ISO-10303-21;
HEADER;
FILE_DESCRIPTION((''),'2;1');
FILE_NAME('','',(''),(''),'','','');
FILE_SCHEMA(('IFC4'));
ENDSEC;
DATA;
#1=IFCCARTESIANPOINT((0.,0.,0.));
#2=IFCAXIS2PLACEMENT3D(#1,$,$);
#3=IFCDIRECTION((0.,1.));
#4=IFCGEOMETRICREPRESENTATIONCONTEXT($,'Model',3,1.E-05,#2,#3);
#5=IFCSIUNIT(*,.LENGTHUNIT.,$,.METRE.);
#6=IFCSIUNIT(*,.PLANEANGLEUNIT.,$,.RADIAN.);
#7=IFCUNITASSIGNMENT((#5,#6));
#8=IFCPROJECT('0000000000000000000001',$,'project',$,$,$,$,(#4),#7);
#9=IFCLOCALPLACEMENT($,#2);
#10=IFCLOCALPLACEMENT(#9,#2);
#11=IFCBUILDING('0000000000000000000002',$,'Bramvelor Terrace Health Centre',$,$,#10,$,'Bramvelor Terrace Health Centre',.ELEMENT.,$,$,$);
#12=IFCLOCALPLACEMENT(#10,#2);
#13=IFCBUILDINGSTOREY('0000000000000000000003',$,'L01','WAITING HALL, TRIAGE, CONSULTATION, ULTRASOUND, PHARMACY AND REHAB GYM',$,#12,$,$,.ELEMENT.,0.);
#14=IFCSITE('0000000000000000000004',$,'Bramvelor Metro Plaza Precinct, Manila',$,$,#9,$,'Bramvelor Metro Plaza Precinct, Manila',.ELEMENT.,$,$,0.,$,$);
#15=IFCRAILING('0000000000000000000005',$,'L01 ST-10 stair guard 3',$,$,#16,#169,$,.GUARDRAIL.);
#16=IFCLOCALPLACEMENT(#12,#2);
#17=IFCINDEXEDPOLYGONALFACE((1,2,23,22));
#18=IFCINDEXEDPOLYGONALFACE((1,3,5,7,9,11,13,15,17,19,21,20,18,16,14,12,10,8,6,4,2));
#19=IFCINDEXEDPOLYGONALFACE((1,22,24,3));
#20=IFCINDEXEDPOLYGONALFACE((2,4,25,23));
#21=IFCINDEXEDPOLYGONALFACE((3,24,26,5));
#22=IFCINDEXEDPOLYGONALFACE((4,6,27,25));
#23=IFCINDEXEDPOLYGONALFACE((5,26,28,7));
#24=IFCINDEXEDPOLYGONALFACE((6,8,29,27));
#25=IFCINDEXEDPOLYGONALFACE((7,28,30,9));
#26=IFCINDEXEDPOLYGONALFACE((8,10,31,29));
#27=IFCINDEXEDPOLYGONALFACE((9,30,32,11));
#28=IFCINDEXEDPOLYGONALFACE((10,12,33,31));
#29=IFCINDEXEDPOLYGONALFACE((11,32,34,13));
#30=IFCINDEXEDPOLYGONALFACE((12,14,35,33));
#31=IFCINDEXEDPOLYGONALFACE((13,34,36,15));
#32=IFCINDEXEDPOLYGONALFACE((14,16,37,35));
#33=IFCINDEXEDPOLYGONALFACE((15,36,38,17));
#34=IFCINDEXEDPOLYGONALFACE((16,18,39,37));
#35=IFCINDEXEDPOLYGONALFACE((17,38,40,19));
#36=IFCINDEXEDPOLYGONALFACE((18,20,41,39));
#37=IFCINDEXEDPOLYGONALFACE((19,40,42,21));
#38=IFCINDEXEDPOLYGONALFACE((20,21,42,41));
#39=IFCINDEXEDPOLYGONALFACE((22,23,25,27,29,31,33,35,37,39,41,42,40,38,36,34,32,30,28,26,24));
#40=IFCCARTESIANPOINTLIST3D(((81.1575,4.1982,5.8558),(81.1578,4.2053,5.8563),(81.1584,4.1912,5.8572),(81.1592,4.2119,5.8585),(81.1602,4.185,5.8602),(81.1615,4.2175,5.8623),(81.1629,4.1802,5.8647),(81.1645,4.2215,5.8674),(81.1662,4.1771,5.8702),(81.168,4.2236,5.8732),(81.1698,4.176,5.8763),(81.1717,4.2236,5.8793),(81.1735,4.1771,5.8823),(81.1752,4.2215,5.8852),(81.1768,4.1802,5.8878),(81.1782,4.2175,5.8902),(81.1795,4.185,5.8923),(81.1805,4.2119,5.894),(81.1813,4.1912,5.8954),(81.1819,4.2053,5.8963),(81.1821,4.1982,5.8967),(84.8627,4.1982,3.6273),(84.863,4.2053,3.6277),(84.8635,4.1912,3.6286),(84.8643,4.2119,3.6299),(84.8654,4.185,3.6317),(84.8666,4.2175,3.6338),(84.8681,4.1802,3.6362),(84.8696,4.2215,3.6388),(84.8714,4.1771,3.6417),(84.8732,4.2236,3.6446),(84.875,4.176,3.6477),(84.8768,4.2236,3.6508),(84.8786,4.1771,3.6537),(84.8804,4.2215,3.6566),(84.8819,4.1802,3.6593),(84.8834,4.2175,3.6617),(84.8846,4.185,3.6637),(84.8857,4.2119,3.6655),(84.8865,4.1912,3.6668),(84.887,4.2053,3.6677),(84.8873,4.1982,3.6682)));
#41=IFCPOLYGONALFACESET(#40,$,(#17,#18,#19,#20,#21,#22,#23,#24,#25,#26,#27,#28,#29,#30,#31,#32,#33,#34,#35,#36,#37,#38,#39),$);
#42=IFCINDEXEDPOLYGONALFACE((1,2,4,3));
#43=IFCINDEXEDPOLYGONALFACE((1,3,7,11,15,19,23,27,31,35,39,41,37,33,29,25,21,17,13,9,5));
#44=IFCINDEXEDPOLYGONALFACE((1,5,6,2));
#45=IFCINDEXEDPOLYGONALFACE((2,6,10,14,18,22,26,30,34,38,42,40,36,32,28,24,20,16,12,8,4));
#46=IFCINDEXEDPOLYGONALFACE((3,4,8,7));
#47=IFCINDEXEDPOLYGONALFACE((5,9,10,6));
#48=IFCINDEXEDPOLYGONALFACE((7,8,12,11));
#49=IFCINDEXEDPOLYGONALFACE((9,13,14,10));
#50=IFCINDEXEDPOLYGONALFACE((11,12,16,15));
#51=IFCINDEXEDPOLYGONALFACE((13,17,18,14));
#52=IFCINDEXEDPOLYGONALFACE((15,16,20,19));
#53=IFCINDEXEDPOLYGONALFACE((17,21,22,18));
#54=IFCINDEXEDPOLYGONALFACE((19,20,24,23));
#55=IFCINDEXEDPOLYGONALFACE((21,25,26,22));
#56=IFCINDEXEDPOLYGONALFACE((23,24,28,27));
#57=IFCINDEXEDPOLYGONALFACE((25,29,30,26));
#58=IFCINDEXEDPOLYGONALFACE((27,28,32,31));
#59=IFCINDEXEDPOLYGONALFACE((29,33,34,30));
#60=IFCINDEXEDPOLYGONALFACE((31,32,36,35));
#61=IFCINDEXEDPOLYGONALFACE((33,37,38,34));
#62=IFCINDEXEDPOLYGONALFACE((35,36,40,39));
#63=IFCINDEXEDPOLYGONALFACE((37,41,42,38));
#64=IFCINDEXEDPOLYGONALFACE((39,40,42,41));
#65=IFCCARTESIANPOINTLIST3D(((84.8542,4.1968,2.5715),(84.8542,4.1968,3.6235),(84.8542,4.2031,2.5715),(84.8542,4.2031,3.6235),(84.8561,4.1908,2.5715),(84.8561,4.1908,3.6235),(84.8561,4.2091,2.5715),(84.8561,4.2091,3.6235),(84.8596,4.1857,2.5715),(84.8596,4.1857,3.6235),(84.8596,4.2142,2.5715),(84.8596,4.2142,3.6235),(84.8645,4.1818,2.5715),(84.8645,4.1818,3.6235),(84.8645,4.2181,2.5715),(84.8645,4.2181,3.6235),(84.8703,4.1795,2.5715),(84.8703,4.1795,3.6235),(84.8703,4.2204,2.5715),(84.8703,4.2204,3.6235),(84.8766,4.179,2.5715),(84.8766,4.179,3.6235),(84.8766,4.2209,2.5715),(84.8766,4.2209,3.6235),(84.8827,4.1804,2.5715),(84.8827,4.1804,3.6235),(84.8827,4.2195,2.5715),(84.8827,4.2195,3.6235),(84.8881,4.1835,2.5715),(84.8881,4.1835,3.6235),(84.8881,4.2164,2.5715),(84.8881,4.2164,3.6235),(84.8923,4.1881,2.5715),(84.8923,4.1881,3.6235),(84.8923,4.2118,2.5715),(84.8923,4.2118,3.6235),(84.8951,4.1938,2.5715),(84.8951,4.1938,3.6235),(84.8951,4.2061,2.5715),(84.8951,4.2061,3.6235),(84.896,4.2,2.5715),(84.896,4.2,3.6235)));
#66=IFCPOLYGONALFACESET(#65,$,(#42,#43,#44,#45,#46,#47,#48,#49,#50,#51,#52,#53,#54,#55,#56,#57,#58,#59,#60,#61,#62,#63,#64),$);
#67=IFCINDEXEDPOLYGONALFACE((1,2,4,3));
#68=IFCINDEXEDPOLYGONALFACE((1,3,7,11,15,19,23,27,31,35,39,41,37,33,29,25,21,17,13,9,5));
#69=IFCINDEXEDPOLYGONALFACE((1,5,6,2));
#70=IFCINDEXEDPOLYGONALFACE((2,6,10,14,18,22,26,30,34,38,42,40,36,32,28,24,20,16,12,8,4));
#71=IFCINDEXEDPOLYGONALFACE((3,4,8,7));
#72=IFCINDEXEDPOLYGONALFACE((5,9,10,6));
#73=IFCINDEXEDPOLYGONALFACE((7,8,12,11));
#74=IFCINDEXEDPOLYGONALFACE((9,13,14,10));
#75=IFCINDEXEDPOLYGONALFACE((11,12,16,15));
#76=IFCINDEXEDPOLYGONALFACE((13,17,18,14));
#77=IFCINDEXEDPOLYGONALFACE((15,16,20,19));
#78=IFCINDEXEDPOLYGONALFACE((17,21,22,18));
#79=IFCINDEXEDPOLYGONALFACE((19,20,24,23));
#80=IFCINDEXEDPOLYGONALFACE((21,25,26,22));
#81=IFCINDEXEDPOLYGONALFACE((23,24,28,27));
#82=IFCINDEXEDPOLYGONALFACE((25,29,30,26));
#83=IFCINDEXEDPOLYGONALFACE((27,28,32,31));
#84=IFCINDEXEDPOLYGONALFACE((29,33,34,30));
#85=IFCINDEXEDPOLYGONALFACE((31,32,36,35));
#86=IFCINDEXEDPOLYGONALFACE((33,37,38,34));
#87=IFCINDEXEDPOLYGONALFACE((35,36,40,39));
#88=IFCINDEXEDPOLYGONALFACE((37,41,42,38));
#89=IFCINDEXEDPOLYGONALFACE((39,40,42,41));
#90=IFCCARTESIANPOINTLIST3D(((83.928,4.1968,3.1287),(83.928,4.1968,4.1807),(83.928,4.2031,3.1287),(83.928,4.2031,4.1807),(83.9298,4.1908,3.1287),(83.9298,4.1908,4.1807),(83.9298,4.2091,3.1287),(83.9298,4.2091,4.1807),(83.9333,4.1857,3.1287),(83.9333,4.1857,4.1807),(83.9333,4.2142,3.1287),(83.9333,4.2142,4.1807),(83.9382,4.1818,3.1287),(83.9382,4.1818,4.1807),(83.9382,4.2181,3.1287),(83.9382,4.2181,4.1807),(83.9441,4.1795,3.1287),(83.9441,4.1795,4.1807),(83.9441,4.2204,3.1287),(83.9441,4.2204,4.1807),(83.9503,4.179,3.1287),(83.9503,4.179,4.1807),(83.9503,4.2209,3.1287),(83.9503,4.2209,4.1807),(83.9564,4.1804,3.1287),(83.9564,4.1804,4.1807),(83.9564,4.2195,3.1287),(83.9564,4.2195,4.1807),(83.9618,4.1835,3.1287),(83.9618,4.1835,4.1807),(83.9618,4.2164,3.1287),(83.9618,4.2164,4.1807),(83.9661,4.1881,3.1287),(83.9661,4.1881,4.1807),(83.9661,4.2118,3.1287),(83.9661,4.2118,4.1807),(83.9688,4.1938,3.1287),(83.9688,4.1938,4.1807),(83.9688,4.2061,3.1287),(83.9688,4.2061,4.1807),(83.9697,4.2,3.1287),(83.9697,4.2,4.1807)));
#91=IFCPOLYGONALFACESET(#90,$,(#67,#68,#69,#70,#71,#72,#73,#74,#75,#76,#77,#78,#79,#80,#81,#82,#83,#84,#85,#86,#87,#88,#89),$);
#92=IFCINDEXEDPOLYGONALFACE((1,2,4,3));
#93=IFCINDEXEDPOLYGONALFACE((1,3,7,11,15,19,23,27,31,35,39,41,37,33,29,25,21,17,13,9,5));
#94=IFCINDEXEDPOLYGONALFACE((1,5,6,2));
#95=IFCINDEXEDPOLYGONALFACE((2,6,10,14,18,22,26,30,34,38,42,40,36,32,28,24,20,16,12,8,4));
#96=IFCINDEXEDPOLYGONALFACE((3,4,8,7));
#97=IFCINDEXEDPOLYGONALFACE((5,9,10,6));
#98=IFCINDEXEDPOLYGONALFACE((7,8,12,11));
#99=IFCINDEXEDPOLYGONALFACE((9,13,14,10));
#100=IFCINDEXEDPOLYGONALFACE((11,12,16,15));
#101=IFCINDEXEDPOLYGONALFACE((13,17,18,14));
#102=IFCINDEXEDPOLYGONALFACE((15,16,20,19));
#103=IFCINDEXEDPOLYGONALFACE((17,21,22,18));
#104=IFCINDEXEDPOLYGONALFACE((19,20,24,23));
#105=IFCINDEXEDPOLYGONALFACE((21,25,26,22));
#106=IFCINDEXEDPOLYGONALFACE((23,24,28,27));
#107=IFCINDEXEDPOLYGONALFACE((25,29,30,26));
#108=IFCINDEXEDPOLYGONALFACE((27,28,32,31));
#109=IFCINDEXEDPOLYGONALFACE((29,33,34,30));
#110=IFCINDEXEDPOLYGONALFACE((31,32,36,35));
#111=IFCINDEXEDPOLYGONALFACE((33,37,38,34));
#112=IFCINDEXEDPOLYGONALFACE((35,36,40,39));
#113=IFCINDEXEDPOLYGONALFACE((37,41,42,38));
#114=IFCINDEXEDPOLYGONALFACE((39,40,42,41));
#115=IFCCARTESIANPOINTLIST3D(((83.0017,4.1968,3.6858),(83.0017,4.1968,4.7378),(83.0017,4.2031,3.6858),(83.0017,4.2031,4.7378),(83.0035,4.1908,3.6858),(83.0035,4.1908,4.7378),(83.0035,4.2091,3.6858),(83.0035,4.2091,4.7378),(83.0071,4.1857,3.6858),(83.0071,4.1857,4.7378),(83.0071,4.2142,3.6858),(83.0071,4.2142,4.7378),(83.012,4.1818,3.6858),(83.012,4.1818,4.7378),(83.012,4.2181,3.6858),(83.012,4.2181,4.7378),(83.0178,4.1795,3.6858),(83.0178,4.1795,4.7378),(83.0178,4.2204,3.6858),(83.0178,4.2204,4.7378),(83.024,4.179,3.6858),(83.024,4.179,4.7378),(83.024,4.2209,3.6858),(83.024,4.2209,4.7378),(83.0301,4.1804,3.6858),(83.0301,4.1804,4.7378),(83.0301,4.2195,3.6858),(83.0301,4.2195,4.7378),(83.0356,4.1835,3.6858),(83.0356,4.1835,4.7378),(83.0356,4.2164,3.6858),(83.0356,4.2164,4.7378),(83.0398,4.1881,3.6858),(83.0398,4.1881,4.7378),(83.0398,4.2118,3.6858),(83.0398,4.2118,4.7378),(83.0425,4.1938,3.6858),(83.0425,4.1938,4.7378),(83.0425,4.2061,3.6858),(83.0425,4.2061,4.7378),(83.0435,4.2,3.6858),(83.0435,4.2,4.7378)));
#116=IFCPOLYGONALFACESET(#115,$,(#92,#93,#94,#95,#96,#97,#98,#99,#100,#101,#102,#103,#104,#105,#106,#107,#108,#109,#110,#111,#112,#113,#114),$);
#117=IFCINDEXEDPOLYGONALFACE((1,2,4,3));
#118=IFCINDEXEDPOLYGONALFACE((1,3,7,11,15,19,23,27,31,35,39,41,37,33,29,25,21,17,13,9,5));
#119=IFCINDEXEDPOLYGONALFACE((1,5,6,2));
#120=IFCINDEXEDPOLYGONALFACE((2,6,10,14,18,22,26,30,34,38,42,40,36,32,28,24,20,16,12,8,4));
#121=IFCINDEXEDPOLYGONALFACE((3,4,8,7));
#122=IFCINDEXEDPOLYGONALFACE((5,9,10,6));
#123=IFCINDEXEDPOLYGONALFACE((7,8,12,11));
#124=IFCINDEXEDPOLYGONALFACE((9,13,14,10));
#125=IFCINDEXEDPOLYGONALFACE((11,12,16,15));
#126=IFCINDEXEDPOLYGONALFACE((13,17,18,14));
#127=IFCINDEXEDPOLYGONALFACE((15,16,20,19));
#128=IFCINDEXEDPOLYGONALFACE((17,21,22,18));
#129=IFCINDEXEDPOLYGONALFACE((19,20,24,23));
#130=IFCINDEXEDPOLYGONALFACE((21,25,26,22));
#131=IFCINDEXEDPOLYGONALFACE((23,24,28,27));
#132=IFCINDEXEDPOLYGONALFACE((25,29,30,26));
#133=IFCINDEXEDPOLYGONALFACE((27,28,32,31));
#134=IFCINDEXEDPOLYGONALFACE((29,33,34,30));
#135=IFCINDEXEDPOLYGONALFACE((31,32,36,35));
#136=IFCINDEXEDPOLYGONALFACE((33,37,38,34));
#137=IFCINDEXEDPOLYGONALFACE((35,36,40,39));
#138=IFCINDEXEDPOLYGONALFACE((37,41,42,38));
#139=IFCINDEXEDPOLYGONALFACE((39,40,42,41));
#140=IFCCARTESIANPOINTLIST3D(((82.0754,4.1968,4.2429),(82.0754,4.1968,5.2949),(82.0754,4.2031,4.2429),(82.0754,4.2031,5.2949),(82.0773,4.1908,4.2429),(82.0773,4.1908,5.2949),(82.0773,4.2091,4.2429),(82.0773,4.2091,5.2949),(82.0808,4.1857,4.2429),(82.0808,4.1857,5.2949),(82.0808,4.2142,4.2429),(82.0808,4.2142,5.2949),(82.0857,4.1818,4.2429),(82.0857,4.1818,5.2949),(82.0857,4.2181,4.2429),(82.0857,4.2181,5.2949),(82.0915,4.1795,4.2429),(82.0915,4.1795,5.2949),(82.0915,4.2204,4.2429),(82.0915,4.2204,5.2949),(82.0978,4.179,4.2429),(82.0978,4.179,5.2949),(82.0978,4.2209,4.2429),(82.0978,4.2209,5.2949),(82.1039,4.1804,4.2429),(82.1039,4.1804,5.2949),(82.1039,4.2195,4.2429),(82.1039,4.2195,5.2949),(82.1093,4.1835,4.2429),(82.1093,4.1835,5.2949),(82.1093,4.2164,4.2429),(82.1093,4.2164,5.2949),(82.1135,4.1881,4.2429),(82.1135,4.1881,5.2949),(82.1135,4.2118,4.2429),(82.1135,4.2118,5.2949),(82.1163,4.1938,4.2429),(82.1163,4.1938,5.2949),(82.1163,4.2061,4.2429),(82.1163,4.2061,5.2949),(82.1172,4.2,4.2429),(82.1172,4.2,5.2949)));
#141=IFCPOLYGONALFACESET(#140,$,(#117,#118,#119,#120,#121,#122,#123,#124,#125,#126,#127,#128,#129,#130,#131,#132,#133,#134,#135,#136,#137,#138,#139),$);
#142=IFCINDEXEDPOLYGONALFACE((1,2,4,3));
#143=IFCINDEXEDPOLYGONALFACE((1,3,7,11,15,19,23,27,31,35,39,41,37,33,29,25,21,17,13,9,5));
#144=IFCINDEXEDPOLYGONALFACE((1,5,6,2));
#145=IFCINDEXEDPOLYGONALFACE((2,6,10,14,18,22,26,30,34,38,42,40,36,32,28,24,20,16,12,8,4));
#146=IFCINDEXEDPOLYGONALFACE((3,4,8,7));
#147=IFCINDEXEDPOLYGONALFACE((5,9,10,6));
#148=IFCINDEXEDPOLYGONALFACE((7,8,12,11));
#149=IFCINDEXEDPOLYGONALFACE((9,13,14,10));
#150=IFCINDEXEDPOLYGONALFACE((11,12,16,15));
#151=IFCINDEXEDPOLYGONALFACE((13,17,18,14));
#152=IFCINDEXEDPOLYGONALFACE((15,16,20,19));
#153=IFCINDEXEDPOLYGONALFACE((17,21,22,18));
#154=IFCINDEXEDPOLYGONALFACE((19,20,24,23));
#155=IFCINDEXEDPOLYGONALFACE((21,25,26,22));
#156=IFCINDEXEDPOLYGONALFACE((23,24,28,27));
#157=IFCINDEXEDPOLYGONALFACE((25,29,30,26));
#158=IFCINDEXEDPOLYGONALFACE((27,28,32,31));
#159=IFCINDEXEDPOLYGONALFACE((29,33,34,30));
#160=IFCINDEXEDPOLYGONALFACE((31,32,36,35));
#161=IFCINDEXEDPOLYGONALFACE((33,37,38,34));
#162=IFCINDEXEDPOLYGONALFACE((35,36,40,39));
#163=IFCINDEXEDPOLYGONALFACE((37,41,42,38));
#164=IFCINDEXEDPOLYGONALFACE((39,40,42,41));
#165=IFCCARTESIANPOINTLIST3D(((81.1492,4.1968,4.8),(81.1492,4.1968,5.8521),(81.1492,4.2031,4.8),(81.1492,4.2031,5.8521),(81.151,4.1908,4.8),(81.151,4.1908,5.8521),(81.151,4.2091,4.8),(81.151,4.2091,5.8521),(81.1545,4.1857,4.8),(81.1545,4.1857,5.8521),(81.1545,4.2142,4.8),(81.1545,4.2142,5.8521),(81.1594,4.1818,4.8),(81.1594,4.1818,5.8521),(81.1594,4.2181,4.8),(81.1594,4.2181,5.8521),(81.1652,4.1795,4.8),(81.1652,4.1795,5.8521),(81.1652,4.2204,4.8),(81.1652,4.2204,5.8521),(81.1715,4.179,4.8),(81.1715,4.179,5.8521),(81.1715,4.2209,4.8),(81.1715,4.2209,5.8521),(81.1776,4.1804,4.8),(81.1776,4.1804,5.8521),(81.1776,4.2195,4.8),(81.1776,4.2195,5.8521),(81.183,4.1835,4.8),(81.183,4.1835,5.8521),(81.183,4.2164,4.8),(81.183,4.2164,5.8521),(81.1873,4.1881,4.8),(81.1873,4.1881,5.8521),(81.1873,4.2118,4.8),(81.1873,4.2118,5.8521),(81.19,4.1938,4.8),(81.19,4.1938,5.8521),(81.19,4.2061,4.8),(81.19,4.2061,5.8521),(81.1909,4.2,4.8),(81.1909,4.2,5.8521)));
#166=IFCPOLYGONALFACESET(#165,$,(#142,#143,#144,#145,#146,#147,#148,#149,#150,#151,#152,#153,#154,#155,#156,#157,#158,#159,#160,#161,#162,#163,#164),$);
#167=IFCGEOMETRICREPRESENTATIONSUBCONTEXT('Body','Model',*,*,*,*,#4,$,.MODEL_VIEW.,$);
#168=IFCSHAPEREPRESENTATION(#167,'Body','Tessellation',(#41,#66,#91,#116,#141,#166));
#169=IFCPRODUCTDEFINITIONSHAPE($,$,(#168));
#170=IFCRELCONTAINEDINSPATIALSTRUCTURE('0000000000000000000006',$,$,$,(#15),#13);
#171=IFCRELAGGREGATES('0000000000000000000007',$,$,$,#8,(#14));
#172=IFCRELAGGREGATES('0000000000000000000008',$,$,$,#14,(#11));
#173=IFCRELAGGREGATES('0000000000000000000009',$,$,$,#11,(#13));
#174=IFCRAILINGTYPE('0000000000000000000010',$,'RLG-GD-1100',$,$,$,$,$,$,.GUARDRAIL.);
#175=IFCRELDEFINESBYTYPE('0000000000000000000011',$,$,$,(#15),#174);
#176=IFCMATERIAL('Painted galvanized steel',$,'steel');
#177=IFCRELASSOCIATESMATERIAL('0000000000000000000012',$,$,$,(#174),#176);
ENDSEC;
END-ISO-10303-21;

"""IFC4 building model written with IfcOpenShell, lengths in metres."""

from ifc_helpers import new_model, si_unit, direction, frame, origin, origin_2d, place, context, subcontext, project, spatial, circle, extrude, material, type_object, element, save


model = new_model("IFC4")

# Units and contexts
model_context = context("Model", 3, precision=1e-05, world=origin(), true_north=direction((0.0, 1.0)))
body_context = subcontext(model_context, "Body", "Model", "MODEL_VIEW")
ifc_project = project(units=[si_unit("LENGTHUNIT", "METRE"), si_unit("PLANEANGLEUNIT", "RADIAN")], contexts=[model_context])

# Site, building, storey
site_placement = place(None, origin())
site = spatial("IfcSite", under=ifc_project, at=site_placement, Name="Bramvelor Metro Plaza Precinct, Manila", LongName="Bramvelor Metro Plaza Precinct, Manila", CompositionType="ELEMENT", RefElevation=0.0)
building_placement = place(site_placement, origin())
building = spatial("IfcBuilding", under=site, at=building_placement, Name="Bramvelor Terrace Health Centre", LongName="Bramvelor Terrace Health Centre", CompositionType="ELEMENT")
storey_placement = place(building_placement, origin())
storey = spatial("IfcBuildingStorey", under=building, at=storey_placement, Name="L01", Description="WAITING HALL, TRIAGE, CONSULTATION, ULTRASOUND, PHARMACY AND REHAB GYM", CompositionType="ELEMENT", Elevation=0.0)

# Railing
ifc_material_1 = material(Name="Painted galvanized steel", Category="steel")
railing_type_1 = type_object("IfcRailingType", Name="RLG-GD-1100", PredefinedType="GUARDRAIL", material=ifc_material_1)
railing_1_placement = place(storey_placement, frame((84.875, 4.2, 2.5715)))
element("IfcRailing", 1, at=railing_1_placement, inside=storey, type_object=railing_type_1, Name="L01 ST-10 stair guard 3", PredefinedType="GUARDRAIL", context=body_context, shape_type="SweptSolid", body=[
    extrude(circle(Radius=0.0239, at=origin_2d()), frame((0.0, 0.0, 1.0762), z_axis=(-0.856934, 0.0, 0.515425), x_axis=(0.0, -1.0, 0.0)), (0.0, 0.0, 1.0), 4.3237),
    extrude(circle(Radius=0.021, at=origin_2d()), origin(), (0.0, 0.0, 1.0), 1.052),
    extrude(circle(Radius=0.021, at=origin_2d()), frame((-0.9263, 0.0, 0.5571)), (0.0, 0.0, 1.0), 1.052),
    extrude(circle(Radius=0.021, at=origin_2d()), frame((-1.8525, 0.0, 1.1143)), (0.0, 0.0, 1.0), 1.052),
    extrude(circle(Radius=0.021, at=origin_2d()), frame((-2.7788, 0.0, 1.6714)), (0.0, 0.0, 1.0), 1.052),
    extrude(circle(Radius=0.021, at=origin_2d()), frame((-3.7051, 0.0, 2.2285)), (0.0, 0.0, 1.0), 1.052),
])

save(model, "model.ifc")
